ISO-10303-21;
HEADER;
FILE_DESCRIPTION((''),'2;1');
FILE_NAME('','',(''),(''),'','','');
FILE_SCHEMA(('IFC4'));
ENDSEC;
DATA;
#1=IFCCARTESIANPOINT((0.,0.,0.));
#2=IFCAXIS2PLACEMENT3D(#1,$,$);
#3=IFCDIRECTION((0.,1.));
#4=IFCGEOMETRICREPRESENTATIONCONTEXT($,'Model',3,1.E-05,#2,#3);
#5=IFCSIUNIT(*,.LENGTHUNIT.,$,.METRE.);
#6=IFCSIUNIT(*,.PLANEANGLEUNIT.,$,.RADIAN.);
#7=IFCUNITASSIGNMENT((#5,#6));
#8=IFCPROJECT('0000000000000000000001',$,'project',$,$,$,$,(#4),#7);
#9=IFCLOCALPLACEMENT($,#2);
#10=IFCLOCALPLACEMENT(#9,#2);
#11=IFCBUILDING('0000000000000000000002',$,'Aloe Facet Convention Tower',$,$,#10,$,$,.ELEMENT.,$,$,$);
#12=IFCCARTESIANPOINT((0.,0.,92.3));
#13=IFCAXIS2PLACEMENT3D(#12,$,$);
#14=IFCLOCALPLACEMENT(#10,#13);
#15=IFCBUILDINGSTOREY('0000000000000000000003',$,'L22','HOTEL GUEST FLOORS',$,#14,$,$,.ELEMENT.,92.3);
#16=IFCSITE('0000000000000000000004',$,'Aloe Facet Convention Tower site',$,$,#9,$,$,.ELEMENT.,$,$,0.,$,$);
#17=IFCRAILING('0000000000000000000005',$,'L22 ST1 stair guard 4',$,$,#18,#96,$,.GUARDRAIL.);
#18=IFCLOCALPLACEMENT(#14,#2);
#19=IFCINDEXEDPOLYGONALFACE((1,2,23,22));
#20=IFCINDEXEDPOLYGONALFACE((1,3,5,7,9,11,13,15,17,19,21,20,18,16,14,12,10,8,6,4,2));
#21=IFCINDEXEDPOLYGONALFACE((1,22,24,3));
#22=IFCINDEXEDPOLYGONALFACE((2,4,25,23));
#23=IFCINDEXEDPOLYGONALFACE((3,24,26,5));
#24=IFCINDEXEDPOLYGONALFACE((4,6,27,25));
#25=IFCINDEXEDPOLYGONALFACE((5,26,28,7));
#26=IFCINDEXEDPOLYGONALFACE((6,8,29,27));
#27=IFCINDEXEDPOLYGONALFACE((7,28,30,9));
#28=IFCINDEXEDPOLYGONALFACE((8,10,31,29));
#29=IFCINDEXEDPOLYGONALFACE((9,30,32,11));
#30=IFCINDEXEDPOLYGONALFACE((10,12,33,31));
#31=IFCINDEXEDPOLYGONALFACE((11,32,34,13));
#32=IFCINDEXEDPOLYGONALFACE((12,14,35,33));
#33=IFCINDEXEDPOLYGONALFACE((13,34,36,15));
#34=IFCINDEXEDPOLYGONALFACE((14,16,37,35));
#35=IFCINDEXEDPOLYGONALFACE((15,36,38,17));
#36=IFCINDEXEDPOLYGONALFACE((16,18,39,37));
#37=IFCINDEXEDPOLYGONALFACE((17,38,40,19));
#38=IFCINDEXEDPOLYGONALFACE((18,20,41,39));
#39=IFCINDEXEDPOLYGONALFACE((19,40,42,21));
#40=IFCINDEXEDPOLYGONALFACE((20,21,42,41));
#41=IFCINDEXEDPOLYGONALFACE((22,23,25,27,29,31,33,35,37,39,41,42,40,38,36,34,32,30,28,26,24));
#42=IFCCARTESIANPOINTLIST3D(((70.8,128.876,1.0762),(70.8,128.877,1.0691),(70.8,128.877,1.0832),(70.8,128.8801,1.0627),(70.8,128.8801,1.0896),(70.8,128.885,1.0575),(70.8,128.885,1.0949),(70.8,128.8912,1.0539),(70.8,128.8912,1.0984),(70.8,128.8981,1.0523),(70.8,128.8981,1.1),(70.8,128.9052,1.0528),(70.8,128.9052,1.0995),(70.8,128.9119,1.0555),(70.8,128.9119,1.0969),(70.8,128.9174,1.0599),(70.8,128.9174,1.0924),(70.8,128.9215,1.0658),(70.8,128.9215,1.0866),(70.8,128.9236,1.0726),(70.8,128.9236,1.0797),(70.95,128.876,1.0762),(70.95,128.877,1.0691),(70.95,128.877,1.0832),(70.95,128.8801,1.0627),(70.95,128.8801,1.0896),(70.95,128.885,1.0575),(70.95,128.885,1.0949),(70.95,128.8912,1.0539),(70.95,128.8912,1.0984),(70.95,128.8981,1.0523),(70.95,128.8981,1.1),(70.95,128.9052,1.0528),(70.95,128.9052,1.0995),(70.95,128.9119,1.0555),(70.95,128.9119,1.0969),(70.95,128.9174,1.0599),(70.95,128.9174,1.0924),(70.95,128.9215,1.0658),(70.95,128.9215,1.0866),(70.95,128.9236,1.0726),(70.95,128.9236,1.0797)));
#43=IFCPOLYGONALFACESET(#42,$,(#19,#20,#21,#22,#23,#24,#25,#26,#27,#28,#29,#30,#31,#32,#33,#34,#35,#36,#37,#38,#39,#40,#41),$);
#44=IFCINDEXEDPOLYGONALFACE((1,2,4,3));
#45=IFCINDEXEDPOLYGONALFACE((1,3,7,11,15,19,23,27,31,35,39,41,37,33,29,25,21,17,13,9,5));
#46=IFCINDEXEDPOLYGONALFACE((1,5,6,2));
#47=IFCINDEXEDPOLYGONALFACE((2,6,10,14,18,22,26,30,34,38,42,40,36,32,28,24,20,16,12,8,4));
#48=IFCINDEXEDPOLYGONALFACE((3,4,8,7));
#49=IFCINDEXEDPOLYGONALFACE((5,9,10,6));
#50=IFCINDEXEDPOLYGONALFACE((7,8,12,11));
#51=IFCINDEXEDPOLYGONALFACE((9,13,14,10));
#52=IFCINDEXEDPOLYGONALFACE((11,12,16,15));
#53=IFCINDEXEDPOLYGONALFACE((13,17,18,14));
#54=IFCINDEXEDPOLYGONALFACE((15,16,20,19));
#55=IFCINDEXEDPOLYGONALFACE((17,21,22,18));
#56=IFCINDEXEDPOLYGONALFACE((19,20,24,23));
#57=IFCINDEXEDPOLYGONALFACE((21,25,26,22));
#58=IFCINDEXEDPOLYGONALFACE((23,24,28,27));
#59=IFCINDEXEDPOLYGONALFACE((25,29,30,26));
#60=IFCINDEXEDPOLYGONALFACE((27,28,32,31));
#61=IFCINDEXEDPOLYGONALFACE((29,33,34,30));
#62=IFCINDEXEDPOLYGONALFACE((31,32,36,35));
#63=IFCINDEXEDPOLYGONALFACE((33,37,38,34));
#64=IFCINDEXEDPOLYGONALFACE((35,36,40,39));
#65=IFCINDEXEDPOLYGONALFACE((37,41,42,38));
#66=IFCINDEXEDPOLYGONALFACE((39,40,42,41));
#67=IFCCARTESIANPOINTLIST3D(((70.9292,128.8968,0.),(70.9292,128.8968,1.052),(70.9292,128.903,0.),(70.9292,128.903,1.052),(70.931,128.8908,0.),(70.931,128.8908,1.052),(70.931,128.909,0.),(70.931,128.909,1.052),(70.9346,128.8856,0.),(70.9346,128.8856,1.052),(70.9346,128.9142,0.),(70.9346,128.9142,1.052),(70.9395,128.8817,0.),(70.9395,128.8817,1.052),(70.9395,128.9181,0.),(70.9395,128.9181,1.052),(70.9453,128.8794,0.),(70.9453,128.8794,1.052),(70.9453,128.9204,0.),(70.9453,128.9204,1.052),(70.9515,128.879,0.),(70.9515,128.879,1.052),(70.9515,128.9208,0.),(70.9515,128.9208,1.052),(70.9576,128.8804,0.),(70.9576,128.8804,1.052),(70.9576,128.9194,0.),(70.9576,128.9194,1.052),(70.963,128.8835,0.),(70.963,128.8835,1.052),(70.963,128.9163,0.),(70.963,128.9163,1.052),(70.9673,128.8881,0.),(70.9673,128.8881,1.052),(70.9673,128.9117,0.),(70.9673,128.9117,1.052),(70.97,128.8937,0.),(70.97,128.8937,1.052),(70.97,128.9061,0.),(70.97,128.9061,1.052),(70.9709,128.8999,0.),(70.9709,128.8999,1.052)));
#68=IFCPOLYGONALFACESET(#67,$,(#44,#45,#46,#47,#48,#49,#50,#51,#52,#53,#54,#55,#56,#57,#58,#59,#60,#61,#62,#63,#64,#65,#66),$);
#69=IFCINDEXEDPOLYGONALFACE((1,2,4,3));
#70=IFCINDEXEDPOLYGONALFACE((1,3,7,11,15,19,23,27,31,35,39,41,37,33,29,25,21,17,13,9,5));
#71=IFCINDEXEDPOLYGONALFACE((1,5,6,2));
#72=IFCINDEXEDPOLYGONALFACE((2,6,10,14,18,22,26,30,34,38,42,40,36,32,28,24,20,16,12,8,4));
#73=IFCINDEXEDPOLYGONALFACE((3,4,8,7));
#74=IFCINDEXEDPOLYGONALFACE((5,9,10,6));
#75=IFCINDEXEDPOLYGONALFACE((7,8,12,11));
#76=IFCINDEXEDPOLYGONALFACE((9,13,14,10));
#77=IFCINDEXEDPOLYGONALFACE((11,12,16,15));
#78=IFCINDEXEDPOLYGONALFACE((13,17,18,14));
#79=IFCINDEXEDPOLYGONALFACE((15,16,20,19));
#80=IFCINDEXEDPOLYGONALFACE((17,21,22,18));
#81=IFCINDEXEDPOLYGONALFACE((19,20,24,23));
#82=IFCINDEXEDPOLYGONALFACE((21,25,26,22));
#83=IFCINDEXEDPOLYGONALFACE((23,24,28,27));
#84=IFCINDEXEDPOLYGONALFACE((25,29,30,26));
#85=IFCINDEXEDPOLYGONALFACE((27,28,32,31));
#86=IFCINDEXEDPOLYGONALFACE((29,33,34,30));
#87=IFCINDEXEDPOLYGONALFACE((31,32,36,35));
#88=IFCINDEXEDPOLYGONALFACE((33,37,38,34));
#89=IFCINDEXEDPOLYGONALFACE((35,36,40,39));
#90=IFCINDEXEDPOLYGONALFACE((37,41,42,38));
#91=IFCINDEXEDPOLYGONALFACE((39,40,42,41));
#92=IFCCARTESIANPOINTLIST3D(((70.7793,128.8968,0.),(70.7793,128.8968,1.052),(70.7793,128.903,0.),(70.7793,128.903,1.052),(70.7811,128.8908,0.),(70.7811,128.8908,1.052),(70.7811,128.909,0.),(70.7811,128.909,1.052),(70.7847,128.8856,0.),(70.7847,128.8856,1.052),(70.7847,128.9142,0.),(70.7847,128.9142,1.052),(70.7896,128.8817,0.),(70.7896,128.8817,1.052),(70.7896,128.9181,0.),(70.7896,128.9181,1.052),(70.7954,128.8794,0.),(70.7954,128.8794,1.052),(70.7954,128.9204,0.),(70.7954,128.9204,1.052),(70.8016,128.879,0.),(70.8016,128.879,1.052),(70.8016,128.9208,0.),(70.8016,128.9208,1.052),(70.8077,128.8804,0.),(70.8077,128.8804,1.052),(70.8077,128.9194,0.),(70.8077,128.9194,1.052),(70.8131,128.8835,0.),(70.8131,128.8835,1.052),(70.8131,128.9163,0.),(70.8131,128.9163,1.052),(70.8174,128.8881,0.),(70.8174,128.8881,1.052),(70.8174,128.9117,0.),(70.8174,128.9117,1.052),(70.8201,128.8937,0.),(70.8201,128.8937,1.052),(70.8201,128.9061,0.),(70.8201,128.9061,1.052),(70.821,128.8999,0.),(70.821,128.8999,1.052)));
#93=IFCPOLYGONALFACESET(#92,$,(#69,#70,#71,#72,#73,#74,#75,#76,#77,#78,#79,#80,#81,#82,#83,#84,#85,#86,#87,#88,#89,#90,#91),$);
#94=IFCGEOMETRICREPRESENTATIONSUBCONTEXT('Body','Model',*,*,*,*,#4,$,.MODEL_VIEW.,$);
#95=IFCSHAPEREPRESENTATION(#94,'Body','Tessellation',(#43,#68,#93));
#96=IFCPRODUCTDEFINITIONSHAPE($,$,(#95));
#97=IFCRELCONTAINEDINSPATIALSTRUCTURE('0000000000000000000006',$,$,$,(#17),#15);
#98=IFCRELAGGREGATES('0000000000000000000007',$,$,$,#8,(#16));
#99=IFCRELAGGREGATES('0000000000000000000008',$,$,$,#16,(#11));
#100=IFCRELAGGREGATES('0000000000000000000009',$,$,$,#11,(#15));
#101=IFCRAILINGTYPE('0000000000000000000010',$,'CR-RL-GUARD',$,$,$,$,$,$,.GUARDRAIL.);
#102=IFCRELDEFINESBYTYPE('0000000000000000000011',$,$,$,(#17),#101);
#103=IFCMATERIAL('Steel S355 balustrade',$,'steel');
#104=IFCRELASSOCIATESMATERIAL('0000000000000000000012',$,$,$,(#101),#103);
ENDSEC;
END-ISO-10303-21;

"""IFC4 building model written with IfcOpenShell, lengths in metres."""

from ifc_helpers import new_model, si_unit, direction, frame, origin, origin_2d, place, context, subcontext, project, spatial, circle, extrude, material, type_object, element, save


model = new_model("IFC4")

# Units and contexts
model_context = context("Model", 3, precision=1e-05, world=origin(), true_north=direction((0.0, 1.0)))
body_context = subcontext(model_context, "Body", "Model", "MODEL_VIEW")
ifc_project = project(units=[si_unit("LENGTHUNIT", "METRE"), si_unit("PLANEANGLEUNIT", "RADIAN")], contexts=[model_context])

# Site, building, storey
site_placement = place(None, origin())
site = spatial("IfcSite", under=ifc_project, at=site_placement, Name="Aloe Facet Convention Tower site", CompositionType="ELEMENT", RefElevation=0.0)
building_placement = place(site_placement, origin())
building = spatial("IfcBuilding", under=site, at=building_placement, Name="Aloe Facet Convention Tower", CompositionType="ELEMENT")
storey_placement = place(building_placement, frame((0.0, 0.0, 92.3)))
storey = spatial("IfcBuildingStorey", under=building, at=storey_placement, Name="L22", Description="HOTEL GUEST FLOORS", CompositionType="ELEMENT", Elevation=92.3)

# Railing
ifc_material_1 = material(Name="Steel S355 balustrade", Category="steel")
railing_type_1 = type_object("IfcRailingType", Name="CR-RL-GUARD", PredefinedType="GUARDRAIL", material=ifc_material_1)
railing_1_placement = place(storey_placement, frame((70.95, 128.8999, 0.0)))
element("IfcRailing", 1, at=railing_1_placement, inside=storey, type_object=railing_type_1, Name="L22 ST1 stair guard 4", PredefinedType="GUARDRAIL", context=body_context, shape_type="SweptSolid", body=[
    extrude(circle(Radius=0.0239, at=origin_2d()), frame((0.0, 0.0, 1.0762), z_axis=(-1.0, 0.0, 0.0), x_axis=(0.0, -1.0, 0.0)), (0.0, 0.0, 1.0), 0.1499),
    extrude(circle(Radius=0.021, at=origin_2d()), origin(), (0.0, 0.0, 1.0), 1.052),
    extrude(circle(Radius=0.021, at=origin_2d()), frame((-0.1499, 0.0, 0.0)), (0.0, 0.0, 1.0), 1.052),
])

save(model, "model.ifc")
